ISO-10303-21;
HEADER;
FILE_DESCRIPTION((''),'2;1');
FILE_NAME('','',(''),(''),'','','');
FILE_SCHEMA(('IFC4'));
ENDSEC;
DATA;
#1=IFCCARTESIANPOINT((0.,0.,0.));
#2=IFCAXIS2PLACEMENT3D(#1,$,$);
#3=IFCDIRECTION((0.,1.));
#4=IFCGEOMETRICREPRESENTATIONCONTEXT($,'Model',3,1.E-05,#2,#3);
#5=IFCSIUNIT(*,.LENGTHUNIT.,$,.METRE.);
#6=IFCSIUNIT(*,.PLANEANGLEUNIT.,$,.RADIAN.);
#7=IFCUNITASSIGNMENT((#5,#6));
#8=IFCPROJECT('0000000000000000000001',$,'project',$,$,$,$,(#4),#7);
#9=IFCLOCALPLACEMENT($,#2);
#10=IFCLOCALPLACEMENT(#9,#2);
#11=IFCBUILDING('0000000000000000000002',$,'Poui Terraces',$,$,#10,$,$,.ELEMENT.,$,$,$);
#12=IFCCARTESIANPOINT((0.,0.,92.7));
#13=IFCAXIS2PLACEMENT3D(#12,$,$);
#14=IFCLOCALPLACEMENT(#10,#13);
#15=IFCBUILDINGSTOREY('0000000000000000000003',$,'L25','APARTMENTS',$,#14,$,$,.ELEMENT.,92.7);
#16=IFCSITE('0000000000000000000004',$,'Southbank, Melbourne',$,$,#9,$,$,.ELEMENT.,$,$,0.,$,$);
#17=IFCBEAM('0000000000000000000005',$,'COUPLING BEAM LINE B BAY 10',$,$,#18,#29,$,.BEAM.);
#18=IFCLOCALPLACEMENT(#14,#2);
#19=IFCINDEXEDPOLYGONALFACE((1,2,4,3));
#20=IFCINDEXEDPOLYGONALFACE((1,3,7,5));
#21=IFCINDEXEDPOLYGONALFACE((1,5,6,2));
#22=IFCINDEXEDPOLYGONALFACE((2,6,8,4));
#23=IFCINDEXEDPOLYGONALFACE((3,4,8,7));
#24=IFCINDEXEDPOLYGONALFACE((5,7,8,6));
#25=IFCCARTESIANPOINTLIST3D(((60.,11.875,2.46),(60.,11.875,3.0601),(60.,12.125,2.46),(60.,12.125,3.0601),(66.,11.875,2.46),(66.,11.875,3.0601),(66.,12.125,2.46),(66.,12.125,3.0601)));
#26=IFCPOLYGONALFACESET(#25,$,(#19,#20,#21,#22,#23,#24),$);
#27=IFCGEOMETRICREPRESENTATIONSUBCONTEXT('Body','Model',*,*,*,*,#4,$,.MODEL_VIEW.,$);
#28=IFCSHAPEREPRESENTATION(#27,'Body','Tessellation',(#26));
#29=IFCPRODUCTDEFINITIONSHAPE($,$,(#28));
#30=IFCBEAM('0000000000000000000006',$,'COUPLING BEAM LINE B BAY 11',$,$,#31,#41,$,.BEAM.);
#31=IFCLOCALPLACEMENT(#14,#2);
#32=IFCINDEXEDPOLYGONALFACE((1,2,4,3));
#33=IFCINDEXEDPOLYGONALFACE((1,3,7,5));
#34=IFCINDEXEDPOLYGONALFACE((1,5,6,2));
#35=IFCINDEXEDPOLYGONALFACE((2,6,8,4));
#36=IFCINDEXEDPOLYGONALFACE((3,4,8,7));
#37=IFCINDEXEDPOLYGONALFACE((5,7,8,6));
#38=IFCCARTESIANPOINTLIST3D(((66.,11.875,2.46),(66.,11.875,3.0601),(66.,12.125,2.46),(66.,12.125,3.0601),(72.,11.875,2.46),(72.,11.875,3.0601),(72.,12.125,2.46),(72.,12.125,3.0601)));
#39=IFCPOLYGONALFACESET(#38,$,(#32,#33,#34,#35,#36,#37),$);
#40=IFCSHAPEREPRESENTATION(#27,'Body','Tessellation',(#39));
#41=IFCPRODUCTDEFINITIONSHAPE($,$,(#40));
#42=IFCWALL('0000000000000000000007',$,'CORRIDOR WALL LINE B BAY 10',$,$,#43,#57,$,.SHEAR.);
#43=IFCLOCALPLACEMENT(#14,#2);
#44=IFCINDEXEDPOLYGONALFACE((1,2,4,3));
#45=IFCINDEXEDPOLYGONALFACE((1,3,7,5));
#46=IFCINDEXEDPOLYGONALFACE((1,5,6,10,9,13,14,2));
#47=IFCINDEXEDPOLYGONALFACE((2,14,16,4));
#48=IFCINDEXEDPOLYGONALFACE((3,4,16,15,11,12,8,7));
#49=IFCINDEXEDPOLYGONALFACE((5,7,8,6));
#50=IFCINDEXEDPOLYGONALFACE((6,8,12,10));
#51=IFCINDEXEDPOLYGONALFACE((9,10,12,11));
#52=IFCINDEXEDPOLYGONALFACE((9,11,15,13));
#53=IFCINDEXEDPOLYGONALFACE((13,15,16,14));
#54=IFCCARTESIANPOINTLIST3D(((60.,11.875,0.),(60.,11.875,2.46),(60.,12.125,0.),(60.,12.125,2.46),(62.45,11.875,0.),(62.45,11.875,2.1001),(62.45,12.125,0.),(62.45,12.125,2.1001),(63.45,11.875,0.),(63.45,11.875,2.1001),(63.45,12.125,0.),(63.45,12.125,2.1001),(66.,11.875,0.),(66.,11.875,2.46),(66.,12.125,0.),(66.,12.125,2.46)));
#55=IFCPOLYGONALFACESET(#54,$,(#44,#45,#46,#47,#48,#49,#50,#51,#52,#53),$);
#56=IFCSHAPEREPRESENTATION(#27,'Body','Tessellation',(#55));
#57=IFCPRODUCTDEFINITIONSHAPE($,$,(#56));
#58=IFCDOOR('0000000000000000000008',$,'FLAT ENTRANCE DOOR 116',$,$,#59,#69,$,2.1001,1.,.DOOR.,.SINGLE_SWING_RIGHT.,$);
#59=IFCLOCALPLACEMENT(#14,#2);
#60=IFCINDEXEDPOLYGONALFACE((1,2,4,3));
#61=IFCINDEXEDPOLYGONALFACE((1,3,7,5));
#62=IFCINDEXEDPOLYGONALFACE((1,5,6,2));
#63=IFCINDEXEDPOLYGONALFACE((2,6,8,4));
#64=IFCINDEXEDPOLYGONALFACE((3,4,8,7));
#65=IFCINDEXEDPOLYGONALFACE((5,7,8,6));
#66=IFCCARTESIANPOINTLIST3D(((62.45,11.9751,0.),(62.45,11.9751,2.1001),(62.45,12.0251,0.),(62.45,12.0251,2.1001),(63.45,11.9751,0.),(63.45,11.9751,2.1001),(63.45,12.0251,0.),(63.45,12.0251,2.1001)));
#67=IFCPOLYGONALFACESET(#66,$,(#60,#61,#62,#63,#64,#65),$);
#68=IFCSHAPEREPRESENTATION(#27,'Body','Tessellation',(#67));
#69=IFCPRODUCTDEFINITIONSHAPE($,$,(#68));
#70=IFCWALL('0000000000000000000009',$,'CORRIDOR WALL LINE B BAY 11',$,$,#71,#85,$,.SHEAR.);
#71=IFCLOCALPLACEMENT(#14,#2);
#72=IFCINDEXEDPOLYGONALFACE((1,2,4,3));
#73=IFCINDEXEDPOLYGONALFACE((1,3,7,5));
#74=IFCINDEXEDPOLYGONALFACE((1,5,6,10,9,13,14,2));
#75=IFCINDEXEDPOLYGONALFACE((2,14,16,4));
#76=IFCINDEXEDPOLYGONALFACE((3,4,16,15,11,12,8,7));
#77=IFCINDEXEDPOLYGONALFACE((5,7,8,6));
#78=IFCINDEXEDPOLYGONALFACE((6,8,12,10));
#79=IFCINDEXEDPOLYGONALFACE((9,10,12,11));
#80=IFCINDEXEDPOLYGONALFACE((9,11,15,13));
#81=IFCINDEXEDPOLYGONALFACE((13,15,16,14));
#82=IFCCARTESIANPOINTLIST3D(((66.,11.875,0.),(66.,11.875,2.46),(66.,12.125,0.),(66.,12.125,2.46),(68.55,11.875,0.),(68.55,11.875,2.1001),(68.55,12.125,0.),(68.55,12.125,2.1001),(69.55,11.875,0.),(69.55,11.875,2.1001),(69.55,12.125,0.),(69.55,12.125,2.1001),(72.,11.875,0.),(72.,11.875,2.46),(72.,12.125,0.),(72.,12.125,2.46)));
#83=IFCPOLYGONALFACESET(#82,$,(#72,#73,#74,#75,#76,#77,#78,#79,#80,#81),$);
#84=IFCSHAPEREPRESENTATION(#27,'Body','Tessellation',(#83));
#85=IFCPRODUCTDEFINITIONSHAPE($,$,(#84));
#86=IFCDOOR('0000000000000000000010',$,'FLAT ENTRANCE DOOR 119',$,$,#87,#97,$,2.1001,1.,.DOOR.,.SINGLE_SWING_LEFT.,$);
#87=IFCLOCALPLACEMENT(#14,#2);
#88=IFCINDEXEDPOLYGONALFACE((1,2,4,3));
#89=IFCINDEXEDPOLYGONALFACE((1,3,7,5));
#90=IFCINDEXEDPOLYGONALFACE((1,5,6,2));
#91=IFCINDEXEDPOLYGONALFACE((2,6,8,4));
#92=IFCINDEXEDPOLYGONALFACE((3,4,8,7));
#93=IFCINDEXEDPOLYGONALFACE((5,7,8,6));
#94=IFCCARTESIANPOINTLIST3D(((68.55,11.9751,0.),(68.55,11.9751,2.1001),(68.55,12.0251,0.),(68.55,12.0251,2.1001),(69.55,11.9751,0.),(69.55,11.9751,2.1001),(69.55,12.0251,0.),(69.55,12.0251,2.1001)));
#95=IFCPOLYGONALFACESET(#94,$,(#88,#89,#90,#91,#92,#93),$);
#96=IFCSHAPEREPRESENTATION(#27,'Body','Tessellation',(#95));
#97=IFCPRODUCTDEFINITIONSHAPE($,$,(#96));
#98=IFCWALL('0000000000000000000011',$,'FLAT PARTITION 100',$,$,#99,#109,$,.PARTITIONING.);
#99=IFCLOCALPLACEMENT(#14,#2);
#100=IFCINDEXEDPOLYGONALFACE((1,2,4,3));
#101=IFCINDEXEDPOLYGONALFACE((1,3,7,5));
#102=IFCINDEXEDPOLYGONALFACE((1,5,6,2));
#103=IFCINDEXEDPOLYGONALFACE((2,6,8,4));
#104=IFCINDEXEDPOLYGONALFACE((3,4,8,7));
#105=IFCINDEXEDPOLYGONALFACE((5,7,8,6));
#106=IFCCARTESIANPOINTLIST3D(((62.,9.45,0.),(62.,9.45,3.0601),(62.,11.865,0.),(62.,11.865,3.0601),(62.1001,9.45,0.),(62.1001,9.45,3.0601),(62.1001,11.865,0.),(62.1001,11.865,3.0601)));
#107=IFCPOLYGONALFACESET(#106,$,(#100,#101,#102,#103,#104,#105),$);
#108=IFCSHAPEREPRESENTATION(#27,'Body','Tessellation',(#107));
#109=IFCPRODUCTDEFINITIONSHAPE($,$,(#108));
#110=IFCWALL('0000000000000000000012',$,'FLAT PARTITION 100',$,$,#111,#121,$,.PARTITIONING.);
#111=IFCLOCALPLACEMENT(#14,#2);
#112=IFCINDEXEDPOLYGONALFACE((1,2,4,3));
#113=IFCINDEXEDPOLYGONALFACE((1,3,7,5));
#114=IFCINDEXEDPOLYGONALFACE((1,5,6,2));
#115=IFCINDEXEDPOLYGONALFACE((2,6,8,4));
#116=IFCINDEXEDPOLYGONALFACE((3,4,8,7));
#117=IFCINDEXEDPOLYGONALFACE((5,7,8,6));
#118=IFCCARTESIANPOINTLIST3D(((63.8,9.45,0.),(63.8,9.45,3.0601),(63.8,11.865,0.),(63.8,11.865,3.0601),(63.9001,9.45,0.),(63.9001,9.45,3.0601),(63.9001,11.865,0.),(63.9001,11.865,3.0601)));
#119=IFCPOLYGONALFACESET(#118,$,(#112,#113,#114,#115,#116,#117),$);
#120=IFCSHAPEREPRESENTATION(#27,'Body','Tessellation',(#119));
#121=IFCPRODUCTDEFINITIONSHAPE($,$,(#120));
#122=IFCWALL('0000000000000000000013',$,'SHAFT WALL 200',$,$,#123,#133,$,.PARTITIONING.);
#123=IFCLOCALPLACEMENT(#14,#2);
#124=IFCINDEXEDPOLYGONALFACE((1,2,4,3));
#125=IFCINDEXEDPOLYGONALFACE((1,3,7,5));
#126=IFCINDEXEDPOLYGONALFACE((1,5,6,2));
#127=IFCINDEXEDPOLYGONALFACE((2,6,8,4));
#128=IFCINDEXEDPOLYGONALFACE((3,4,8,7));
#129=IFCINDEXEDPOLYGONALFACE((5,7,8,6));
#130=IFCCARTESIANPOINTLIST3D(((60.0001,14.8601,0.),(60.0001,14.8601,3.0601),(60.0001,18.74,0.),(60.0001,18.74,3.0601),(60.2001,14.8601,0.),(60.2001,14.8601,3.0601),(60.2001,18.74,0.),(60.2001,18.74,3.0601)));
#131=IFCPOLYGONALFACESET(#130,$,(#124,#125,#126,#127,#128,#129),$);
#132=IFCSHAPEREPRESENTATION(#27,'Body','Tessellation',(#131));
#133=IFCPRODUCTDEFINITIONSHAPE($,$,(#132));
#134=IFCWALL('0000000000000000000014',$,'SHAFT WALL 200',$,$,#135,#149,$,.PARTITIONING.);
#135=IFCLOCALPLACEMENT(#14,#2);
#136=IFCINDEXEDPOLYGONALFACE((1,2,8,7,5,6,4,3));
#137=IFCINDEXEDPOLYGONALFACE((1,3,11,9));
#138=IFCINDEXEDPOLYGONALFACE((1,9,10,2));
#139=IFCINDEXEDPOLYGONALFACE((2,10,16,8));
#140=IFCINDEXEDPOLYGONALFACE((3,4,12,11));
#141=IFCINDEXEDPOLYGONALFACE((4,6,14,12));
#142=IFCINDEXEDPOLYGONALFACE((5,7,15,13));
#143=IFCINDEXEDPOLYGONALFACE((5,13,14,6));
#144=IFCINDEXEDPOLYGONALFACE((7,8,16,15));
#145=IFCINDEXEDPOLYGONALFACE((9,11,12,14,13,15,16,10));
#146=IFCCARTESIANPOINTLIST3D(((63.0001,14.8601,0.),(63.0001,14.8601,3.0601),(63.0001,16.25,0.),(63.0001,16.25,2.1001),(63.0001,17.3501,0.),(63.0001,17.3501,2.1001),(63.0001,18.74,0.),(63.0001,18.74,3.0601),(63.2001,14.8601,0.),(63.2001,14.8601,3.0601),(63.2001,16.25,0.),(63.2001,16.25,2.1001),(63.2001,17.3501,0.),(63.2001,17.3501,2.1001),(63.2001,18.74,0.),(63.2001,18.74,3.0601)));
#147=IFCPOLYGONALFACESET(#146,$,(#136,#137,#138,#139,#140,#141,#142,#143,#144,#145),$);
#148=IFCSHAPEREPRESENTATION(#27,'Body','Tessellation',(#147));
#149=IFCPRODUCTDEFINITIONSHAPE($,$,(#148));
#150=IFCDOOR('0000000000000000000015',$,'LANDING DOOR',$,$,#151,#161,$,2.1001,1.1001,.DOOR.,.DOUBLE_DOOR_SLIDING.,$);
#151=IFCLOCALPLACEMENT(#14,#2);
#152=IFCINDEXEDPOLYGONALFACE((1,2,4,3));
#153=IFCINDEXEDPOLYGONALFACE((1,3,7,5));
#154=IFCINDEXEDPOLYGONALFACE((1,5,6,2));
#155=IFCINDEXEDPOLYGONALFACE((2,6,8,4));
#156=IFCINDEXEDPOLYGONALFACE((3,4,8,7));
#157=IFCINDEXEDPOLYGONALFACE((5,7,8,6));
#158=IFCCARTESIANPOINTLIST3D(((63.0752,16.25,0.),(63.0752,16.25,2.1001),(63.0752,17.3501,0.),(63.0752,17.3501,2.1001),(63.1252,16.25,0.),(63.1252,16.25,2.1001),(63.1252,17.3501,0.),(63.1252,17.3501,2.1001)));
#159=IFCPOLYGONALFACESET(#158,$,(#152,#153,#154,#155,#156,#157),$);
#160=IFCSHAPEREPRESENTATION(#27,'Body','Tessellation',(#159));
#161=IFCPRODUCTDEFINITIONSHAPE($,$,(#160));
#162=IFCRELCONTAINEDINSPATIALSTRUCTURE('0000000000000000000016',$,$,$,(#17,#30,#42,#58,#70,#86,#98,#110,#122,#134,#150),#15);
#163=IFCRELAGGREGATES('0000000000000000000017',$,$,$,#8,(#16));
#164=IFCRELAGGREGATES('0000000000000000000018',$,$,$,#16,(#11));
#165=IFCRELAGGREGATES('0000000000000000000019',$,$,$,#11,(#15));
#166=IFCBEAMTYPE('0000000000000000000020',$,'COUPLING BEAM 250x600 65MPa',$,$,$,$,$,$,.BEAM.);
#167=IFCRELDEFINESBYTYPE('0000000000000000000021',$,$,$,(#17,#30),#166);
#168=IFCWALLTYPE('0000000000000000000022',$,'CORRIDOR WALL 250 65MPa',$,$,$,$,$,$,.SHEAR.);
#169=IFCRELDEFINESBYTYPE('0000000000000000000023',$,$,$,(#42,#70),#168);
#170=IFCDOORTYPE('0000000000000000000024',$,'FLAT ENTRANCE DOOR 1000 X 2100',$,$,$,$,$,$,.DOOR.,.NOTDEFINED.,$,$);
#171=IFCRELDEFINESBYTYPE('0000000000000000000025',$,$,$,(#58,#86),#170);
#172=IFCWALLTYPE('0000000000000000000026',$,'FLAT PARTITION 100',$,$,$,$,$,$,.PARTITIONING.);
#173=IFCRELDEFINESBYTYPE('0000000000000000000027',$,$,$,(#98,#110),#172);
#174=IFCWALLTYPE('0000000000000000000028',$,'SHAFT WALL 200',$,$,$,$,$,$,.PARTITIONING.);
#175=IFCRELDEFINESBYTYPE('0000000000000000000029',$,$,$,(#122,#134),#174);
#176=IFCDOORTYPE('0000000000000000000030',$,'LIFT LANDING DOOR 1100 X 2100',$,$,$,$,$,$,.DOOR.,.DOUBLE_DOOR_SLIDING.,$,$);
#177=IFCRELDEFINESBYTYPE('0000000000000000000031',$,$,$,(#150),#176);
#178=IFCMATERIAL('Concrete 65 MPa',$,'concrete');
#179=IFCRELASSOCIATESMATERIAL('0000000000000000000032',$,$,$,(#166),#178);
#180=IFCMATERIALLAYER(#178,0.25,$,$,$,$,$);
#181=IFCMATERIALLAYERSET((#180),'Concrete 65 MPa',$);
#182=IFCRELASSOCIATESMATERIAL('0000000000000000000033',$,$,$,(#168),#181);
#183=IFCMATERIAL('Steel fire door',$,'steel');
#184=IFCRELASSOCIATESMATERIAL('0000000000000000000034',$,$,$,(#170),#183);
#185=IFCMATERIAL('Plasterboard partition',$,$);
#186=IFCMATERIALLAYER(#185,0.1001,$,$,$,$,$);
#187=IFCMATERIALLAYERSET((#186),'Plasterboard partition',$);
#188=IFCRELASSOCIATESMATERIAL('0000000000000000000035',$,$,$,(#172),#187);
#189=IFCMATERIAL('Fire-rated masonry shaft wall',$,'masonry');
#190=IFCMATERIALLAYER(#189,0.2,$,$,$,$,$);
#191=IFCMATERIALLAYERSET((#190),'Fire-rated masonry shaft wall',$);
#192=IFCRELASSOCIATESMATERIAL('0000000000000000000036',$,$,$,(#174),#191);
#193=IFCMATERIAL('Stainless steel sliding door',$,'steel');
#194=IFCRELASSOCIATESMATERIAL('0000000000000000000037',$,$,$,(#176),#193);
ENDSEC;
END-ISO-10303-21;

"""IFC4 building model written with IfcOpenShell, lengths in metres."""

from ifc_helpers import new_model, si_unit, direction, frame, frame_2d, origin, origin_2d, place, context, subcontext, project, spatial, rectangle, extrude, source, transform, mapped, material, layer, layer_set, material_profile, profile_set, type_object, element, fill, save


model = new_model("IFC4")

# Units and contexts
model_context = context("Model", 3, precision=1e-05, world=origin(), true_north=direction((0.0, 1.0)))
body_context = subcontext(model_context, "Body", "Model", "MODEL_VIEW")
ifc_project = project(units=[si_unit("LENGTHUNIT", "METRE"), si_unit("PLANEANGLEUNIT", "RADIAN")], contexts=[model_context])

# Site, building, storey
site_placement = place(None, origin())
site = spatial("IfcSite", under=ifc_project, at=site_placement, Name="Southbank, Melbourne", CompositionType="ELEMENT", RefElevation=0.0)
building_placement = place(site_placement, origin())
building = spatial("IfcBuilding", under=site, at=building_placement, Name="Poui Terraces", CompositionType="ELEMENT")
storey_placement = place(building_placement, frame((0.0, 0.0, 92.7)))
storey = spatial("IfcBuildingStorey", under=building, at=storey_placement, Name="L25", Description="APARTMENTS", CompositionType="ELEMENT", Elevation=92.7)

# Beams
ifc_material_1 = material(Name="Concrete 65 MPa", Category="concrete")
ifc_material_profile = material_profile(ifc_material_1, rectangle(XDim=0.25, YDim=0.6001, at=origin_2d()), Name="RC 250x600")
ifc_profile_set = profile_set([ifc_material_profile], Name="Concrete 65 MPa")
beam_type = type_object("IfcBeamType", Name="COUPLING BEAM 250x600 65MPa", PredefinedType="BEAM", material=ifc_profile_set)
shared_shape = source(origin(), body_context, "Body", "SweptSolid", [
    extrude(rectangle(XDim=0.25, YDim=0.6001, at=origin_2d()), origin(), (0.0, 0.0, 1.0), 6.0),
])
for number, where, z_axis, x_axis, name in (
    (1, (60.0, 12.0, 2.76), (1.0, 0.0, 0.0), (0.0, 1.0, 0.0), "COUPLING BEAM LINE B BAY 10"),
    (2, (66.0, 12.0, 2.76), (1.0, 0.0, 0.0), (0.0, 1.0, 0.0), "COUPLING BEAM LINE B BAY 11"),
):
    element("IfcBeam", number, at=place(storey_placement, frame(where, z_axis=z_axis, x_axis=x_axis)), inside=storey, type_object=beam_type, Name=name, PredefinedType="BEAM", context=body_context, shape_type="MappedRepresentation", body=[
        mapped(shared_shape, transform((0.0, 0.0, 0.0))),
    ])

# Walls, openings, doors
ifc_layer_1 = layer(ifc_material_1, 0.25)
ifc_layer_set_1 = layer_set([ifc_layer_1], Name="Concrete 65 MPa")
wall_type_1 = type_object("IfcWallType", Name="CORRIDOR WALL 250 65MPa", PredefinedType="SHEAR", material=ifc_layer_set_1)
wall_1_placement = place(storey_placement, frame((60.0, 12.0, 0.0), z_axis=(0.0, 0.0, 1.0), x_axis=(1.0, 0.0, 0.0)))
wall_1 = element("IfcWall", 3, at=wall_1_placement, inside=storey, type_object=wall_type_1, Name="CORRIDOR WALL LINE B BAY 10", PredefinedType="SHEAR", context=body_context, shape_type="SweptSolid", body=[
    extrude(rectangle(XDim=6.0, YDim=0.25, at=frame_2d((3.0, 0.0))), origin(), (0.0, 0.0, 1.0), 2.46),
])
opening_1_placement = place(wall_1_placement, frame((2.45, 0.0, 0.0)))
opening_1 = element("IfcOpeningElement", 4, at=opening_1_placement, cuts=wall_1, PredefinedType="OPENING", context=body_context, shape_type="SweptSolid", body=[
    extrude(rectangle(XDim=1.0, YDim=2.1001, at=frame_2d((0.5, 1.05))), frame((0.0, 0.135, 0.0), z_axis=(0.0, -1.0, 0.0), x_axis=(1.0, 0.0, 0.0)), (0.0, 0.0, 1.0), 0.27),
])
ifc_material_2 = material(Name="Steel fire door", Category="steel")
door_type_1 = type_object("IfcDoorType", Name="FLAT ENTRANCE DOOR 1000 X 2100", OperationType="NOTDEFINED", PredefinedType="DOOR", material=ifc_material_2)
door_1_placement = place(opening_1_placement, frame((1.0, 0.0, 0.0), z_axis=(0.0, 0.0, 1.0), x_axis=(-1.0, 0.0, 0.0)))
door_1 = element("IfcDoor", 5, at=door_1_placement, inside=storey, type_object=door_type_1, Name="FLAT ENTRANCE DOOR 116", OperationType="SINGLE_SWING_RIGHT", OverallHeight=2.1001, OverallWidth=1.0, PredefinedType="DOOR", context=body_context, shape_type="SweptSolid", body=[
    extrude(rectangle(XDim=1.0, YDim=2.1001, at=frame_2d((0.5, 1.05))), frame((0.0, 0.0249, 0.0), z_axis=(0.0, -1.0, 0.0), x_axis=(1.0, 0.0, 0.0)), (0.0, 0.0, 1.0), 0.05),
])
fill(opening_1, door_1)
wall_2_placement = place(storey_placement, frame((66.0, 12.0, 0.0), z_axis=(0.0, 0.0, 1.0), x_axis=(1.0, 0.0, 0.0)))
wall_2 = element("IfcWall", 6, at=wall_2_placement, inside=storey, type_object=wall_type_1, Name="CORRIDOR WALL LINE B BAY 11", PredefinedType="SHEAR", context=body_context, shape_type="SweptSolid", body=[
    extrude(rectangle(XDim=6.0, YDim=0.25, at=frame_2d((3.0, 0.0))), origin(), (0.0, 0.0, 1.0), 2.46),
])
opening_2_placement = place(wall_2_placement, frame((2.55, 0.0, 0.0)))
opening_2 = element("IfcOpeningElement", 7, at=opening_2_placement, cuts=wall_2, PredefinedType="OPENING", context=body_context, shape_type="SweptSolid", body=[
    extrude(rectangle(XDim=1.0, YDim=2.1001, at=frame_2d((0.5, 1.05))), frame((0.0, 0.135, 0.0), z_axis=(0.0, -1.0, 0.0), x_axis=(1.0, 0.0, 0.0)), (0.0, 0.0, 1.0), 0.27),
])
door_2_placement = place(opening_2_placement, frame((1.0, 0.0, 0.0), z_axis=(0.0, 0.0, 1.0), x_axis=(-1.0, 0.0, 0.0)))
door_2 = element("IfcDoor", 8, at=door_2_placement, inside=storey, type_object=door_type_1, Name="FLAT ENTRANCE DOOR 119", OperationType="SINGLE_SWING_LEFT", OverallHeight=2.1001, OverallWidth=1.0, PredefinedType="DOOR", context=body_context, shape_type="SweptSolid", body=[
    extrude(rectangle(XDim=1.0, YDim=2.1001, at=frame_2d((0.5, 1.05))), frame((0.0, 0.0249, 0.0), z_axis=(0.0, -1.0, 0.0), x_axis=(1.0, 0.0, 0.0)), (0.0, 0.0, 1.0), 0.05),
])
fill(opening_2, door_2)

# Walls
ifc_material_3 = material(Name="Plasterboard partition")
ifc_layer_2 = layer(ifc_material_3, 0.1001)
ifc_layer_set_2 = layer_set([ifc_layer_2], Name="Plasterboard partition")
wall_type_2 = type_object("IfcWallType", Name="FLAT PARTITION 100", PredefinedType="PARTITIONING", material=ifc_layer_set_2)
for number, where, z_axis, x_axis, name in (
    (9, (62.05, 9.45, 0.0), (0.0, 0.0, 1.0), (0.0, 1.0, 0.0), "FLAT PARTITION 100"),
    (10, (63.8501, 9.45, 0.0), (0.0, 0.0, 1.0), (0.0, 1.0, 0.0), "FLAT PARTITION 100"),
):
    element("IfcWall", number, at=place(storey_placement, frame(where, z_axis=z_axis, x_axis=x_axis)), inside=storey, type_object=wall_type_2, Name=name, PredefinedType="PARTITIONING", context=body_context, shape_type="SweptSolid", body=[
        extrude(rectangle(XDim=2.415, YDim=0.1001, at=frame_2d((1.2075, 0.0))), origin(), (0.0, 0.0, 1.0), 3.0601),
    ])
ifc_material_4 = material(Name="Fire-rated masonry shaft wall", Category="masonry")
ifc_layer_3 = layer(ifc_material_4, 0.2)
ifc_layer_set_3 = layer_set([ifc_layer_3], Name="Fire-rated masonry shaft wall")
wall_type_3 = type_object("IfcWallType", Name="SHAFT WALL 200", PredefinedType="PARTITIONING", material=ifc_layer_set_3)
wall_3_placement = place(storey_placement, frame((60.1001, 14.8601, 0.0), z_axis=(0.0, 0.0, 1.0), x_axis=(0.0, 1.0, 0.0)))
element("IfcWall", 11, at=wall_3_placement, inside=storey, type_object=wall_type_3, Name="SHAFT WALL 200", PredefinedType="PARTITIONING", context=body_context, shape_type="SweptSolid", body=[
    extrude(rectangle(XDim=3.8799, YDim=0.2, at=frame_2d((1.9399, 0.0))), origin(), (0.0, 0.0, 1.0), 3.0601),
])

# Wall, opening, door
wall_4_placement = place(storey_placement, frame((63.1001, 14.8601, 0.0), z_axis=(0.0, 0.0, 1.0), x_axis=(0.0, 1.0, 0.0)))
wall_4 = element("IfcWall", 12, at=wall_4_placement, inside=storey, type_object=wall_type_3, Name="SHAFT WALL 200", PredefinedType="PARTITIONING", context=body_context, shape_type="SweptSolid", body=[
    extrude(rectangle(XDim=3.8799, YDim=0.2, at=frame_2d((1.9399, 0.0))), origin(), (0.0, 0.0, 1.0), 3.0601),
])
opening_3_placement = place(wall_4_placement, frame((1.3899, 0.0, 0.0)))
opening_3 = element("IfcOpeningElement", 13, at=opening_3_placement, cuts=wall_4, PredefinedType="OPENING", context=body_context, shape_type="SweptSolid", body=[
    extrude(rectangle(XDim=1.1001, YDim=2.1001, at=frame_2d((0.55, 1.05))), frame((0.0, 0.1099, 0.0), z_axis=(0.0, -1.0, 0.0), x_axis=(1.0, 0.0, 0.0)), (0.0, 0.0, 1.0), 0.22),
])
ifc_material_5 = material(Name="Stainless steel sliding door", Category="steel")
door_type_2 = type_object("IfcDoorType", Name="LIFT LANDING DOOR 1100 X 2100", OperationType="DOUBLE_DOOR_SLIDING", PredefinedType="DOOR", material=ifc_material_5)
door_3_placement = place(opening_3_placement, origin())
door_3 = element("IfcDoor", 14, at=door_3_placement, inside=storey, type_object=door_type_2, Name="LANDING DOOR", OperationType="DOUBLE_DOOR_SLIDING", OverallHeight=2.1001, OverallWidth=1.1001, PredefinedType="DOOR", context=body_context, shape_type="SweptSolid", body=[
    extrude(rectangle(XDim=1.1001, YDim=2.1001, at=frame_2d((0.55, 1.05))), frame((0.0, 0.0249, 0.0), z_axis=(0.0, -1.0, 0.0), x_axis=(1.0, 0.0, 0.0)), (0.0, 0.0, 1.0), 0.05),
])
fill(opening_3, door_3)

save(model, "model.ifc")
